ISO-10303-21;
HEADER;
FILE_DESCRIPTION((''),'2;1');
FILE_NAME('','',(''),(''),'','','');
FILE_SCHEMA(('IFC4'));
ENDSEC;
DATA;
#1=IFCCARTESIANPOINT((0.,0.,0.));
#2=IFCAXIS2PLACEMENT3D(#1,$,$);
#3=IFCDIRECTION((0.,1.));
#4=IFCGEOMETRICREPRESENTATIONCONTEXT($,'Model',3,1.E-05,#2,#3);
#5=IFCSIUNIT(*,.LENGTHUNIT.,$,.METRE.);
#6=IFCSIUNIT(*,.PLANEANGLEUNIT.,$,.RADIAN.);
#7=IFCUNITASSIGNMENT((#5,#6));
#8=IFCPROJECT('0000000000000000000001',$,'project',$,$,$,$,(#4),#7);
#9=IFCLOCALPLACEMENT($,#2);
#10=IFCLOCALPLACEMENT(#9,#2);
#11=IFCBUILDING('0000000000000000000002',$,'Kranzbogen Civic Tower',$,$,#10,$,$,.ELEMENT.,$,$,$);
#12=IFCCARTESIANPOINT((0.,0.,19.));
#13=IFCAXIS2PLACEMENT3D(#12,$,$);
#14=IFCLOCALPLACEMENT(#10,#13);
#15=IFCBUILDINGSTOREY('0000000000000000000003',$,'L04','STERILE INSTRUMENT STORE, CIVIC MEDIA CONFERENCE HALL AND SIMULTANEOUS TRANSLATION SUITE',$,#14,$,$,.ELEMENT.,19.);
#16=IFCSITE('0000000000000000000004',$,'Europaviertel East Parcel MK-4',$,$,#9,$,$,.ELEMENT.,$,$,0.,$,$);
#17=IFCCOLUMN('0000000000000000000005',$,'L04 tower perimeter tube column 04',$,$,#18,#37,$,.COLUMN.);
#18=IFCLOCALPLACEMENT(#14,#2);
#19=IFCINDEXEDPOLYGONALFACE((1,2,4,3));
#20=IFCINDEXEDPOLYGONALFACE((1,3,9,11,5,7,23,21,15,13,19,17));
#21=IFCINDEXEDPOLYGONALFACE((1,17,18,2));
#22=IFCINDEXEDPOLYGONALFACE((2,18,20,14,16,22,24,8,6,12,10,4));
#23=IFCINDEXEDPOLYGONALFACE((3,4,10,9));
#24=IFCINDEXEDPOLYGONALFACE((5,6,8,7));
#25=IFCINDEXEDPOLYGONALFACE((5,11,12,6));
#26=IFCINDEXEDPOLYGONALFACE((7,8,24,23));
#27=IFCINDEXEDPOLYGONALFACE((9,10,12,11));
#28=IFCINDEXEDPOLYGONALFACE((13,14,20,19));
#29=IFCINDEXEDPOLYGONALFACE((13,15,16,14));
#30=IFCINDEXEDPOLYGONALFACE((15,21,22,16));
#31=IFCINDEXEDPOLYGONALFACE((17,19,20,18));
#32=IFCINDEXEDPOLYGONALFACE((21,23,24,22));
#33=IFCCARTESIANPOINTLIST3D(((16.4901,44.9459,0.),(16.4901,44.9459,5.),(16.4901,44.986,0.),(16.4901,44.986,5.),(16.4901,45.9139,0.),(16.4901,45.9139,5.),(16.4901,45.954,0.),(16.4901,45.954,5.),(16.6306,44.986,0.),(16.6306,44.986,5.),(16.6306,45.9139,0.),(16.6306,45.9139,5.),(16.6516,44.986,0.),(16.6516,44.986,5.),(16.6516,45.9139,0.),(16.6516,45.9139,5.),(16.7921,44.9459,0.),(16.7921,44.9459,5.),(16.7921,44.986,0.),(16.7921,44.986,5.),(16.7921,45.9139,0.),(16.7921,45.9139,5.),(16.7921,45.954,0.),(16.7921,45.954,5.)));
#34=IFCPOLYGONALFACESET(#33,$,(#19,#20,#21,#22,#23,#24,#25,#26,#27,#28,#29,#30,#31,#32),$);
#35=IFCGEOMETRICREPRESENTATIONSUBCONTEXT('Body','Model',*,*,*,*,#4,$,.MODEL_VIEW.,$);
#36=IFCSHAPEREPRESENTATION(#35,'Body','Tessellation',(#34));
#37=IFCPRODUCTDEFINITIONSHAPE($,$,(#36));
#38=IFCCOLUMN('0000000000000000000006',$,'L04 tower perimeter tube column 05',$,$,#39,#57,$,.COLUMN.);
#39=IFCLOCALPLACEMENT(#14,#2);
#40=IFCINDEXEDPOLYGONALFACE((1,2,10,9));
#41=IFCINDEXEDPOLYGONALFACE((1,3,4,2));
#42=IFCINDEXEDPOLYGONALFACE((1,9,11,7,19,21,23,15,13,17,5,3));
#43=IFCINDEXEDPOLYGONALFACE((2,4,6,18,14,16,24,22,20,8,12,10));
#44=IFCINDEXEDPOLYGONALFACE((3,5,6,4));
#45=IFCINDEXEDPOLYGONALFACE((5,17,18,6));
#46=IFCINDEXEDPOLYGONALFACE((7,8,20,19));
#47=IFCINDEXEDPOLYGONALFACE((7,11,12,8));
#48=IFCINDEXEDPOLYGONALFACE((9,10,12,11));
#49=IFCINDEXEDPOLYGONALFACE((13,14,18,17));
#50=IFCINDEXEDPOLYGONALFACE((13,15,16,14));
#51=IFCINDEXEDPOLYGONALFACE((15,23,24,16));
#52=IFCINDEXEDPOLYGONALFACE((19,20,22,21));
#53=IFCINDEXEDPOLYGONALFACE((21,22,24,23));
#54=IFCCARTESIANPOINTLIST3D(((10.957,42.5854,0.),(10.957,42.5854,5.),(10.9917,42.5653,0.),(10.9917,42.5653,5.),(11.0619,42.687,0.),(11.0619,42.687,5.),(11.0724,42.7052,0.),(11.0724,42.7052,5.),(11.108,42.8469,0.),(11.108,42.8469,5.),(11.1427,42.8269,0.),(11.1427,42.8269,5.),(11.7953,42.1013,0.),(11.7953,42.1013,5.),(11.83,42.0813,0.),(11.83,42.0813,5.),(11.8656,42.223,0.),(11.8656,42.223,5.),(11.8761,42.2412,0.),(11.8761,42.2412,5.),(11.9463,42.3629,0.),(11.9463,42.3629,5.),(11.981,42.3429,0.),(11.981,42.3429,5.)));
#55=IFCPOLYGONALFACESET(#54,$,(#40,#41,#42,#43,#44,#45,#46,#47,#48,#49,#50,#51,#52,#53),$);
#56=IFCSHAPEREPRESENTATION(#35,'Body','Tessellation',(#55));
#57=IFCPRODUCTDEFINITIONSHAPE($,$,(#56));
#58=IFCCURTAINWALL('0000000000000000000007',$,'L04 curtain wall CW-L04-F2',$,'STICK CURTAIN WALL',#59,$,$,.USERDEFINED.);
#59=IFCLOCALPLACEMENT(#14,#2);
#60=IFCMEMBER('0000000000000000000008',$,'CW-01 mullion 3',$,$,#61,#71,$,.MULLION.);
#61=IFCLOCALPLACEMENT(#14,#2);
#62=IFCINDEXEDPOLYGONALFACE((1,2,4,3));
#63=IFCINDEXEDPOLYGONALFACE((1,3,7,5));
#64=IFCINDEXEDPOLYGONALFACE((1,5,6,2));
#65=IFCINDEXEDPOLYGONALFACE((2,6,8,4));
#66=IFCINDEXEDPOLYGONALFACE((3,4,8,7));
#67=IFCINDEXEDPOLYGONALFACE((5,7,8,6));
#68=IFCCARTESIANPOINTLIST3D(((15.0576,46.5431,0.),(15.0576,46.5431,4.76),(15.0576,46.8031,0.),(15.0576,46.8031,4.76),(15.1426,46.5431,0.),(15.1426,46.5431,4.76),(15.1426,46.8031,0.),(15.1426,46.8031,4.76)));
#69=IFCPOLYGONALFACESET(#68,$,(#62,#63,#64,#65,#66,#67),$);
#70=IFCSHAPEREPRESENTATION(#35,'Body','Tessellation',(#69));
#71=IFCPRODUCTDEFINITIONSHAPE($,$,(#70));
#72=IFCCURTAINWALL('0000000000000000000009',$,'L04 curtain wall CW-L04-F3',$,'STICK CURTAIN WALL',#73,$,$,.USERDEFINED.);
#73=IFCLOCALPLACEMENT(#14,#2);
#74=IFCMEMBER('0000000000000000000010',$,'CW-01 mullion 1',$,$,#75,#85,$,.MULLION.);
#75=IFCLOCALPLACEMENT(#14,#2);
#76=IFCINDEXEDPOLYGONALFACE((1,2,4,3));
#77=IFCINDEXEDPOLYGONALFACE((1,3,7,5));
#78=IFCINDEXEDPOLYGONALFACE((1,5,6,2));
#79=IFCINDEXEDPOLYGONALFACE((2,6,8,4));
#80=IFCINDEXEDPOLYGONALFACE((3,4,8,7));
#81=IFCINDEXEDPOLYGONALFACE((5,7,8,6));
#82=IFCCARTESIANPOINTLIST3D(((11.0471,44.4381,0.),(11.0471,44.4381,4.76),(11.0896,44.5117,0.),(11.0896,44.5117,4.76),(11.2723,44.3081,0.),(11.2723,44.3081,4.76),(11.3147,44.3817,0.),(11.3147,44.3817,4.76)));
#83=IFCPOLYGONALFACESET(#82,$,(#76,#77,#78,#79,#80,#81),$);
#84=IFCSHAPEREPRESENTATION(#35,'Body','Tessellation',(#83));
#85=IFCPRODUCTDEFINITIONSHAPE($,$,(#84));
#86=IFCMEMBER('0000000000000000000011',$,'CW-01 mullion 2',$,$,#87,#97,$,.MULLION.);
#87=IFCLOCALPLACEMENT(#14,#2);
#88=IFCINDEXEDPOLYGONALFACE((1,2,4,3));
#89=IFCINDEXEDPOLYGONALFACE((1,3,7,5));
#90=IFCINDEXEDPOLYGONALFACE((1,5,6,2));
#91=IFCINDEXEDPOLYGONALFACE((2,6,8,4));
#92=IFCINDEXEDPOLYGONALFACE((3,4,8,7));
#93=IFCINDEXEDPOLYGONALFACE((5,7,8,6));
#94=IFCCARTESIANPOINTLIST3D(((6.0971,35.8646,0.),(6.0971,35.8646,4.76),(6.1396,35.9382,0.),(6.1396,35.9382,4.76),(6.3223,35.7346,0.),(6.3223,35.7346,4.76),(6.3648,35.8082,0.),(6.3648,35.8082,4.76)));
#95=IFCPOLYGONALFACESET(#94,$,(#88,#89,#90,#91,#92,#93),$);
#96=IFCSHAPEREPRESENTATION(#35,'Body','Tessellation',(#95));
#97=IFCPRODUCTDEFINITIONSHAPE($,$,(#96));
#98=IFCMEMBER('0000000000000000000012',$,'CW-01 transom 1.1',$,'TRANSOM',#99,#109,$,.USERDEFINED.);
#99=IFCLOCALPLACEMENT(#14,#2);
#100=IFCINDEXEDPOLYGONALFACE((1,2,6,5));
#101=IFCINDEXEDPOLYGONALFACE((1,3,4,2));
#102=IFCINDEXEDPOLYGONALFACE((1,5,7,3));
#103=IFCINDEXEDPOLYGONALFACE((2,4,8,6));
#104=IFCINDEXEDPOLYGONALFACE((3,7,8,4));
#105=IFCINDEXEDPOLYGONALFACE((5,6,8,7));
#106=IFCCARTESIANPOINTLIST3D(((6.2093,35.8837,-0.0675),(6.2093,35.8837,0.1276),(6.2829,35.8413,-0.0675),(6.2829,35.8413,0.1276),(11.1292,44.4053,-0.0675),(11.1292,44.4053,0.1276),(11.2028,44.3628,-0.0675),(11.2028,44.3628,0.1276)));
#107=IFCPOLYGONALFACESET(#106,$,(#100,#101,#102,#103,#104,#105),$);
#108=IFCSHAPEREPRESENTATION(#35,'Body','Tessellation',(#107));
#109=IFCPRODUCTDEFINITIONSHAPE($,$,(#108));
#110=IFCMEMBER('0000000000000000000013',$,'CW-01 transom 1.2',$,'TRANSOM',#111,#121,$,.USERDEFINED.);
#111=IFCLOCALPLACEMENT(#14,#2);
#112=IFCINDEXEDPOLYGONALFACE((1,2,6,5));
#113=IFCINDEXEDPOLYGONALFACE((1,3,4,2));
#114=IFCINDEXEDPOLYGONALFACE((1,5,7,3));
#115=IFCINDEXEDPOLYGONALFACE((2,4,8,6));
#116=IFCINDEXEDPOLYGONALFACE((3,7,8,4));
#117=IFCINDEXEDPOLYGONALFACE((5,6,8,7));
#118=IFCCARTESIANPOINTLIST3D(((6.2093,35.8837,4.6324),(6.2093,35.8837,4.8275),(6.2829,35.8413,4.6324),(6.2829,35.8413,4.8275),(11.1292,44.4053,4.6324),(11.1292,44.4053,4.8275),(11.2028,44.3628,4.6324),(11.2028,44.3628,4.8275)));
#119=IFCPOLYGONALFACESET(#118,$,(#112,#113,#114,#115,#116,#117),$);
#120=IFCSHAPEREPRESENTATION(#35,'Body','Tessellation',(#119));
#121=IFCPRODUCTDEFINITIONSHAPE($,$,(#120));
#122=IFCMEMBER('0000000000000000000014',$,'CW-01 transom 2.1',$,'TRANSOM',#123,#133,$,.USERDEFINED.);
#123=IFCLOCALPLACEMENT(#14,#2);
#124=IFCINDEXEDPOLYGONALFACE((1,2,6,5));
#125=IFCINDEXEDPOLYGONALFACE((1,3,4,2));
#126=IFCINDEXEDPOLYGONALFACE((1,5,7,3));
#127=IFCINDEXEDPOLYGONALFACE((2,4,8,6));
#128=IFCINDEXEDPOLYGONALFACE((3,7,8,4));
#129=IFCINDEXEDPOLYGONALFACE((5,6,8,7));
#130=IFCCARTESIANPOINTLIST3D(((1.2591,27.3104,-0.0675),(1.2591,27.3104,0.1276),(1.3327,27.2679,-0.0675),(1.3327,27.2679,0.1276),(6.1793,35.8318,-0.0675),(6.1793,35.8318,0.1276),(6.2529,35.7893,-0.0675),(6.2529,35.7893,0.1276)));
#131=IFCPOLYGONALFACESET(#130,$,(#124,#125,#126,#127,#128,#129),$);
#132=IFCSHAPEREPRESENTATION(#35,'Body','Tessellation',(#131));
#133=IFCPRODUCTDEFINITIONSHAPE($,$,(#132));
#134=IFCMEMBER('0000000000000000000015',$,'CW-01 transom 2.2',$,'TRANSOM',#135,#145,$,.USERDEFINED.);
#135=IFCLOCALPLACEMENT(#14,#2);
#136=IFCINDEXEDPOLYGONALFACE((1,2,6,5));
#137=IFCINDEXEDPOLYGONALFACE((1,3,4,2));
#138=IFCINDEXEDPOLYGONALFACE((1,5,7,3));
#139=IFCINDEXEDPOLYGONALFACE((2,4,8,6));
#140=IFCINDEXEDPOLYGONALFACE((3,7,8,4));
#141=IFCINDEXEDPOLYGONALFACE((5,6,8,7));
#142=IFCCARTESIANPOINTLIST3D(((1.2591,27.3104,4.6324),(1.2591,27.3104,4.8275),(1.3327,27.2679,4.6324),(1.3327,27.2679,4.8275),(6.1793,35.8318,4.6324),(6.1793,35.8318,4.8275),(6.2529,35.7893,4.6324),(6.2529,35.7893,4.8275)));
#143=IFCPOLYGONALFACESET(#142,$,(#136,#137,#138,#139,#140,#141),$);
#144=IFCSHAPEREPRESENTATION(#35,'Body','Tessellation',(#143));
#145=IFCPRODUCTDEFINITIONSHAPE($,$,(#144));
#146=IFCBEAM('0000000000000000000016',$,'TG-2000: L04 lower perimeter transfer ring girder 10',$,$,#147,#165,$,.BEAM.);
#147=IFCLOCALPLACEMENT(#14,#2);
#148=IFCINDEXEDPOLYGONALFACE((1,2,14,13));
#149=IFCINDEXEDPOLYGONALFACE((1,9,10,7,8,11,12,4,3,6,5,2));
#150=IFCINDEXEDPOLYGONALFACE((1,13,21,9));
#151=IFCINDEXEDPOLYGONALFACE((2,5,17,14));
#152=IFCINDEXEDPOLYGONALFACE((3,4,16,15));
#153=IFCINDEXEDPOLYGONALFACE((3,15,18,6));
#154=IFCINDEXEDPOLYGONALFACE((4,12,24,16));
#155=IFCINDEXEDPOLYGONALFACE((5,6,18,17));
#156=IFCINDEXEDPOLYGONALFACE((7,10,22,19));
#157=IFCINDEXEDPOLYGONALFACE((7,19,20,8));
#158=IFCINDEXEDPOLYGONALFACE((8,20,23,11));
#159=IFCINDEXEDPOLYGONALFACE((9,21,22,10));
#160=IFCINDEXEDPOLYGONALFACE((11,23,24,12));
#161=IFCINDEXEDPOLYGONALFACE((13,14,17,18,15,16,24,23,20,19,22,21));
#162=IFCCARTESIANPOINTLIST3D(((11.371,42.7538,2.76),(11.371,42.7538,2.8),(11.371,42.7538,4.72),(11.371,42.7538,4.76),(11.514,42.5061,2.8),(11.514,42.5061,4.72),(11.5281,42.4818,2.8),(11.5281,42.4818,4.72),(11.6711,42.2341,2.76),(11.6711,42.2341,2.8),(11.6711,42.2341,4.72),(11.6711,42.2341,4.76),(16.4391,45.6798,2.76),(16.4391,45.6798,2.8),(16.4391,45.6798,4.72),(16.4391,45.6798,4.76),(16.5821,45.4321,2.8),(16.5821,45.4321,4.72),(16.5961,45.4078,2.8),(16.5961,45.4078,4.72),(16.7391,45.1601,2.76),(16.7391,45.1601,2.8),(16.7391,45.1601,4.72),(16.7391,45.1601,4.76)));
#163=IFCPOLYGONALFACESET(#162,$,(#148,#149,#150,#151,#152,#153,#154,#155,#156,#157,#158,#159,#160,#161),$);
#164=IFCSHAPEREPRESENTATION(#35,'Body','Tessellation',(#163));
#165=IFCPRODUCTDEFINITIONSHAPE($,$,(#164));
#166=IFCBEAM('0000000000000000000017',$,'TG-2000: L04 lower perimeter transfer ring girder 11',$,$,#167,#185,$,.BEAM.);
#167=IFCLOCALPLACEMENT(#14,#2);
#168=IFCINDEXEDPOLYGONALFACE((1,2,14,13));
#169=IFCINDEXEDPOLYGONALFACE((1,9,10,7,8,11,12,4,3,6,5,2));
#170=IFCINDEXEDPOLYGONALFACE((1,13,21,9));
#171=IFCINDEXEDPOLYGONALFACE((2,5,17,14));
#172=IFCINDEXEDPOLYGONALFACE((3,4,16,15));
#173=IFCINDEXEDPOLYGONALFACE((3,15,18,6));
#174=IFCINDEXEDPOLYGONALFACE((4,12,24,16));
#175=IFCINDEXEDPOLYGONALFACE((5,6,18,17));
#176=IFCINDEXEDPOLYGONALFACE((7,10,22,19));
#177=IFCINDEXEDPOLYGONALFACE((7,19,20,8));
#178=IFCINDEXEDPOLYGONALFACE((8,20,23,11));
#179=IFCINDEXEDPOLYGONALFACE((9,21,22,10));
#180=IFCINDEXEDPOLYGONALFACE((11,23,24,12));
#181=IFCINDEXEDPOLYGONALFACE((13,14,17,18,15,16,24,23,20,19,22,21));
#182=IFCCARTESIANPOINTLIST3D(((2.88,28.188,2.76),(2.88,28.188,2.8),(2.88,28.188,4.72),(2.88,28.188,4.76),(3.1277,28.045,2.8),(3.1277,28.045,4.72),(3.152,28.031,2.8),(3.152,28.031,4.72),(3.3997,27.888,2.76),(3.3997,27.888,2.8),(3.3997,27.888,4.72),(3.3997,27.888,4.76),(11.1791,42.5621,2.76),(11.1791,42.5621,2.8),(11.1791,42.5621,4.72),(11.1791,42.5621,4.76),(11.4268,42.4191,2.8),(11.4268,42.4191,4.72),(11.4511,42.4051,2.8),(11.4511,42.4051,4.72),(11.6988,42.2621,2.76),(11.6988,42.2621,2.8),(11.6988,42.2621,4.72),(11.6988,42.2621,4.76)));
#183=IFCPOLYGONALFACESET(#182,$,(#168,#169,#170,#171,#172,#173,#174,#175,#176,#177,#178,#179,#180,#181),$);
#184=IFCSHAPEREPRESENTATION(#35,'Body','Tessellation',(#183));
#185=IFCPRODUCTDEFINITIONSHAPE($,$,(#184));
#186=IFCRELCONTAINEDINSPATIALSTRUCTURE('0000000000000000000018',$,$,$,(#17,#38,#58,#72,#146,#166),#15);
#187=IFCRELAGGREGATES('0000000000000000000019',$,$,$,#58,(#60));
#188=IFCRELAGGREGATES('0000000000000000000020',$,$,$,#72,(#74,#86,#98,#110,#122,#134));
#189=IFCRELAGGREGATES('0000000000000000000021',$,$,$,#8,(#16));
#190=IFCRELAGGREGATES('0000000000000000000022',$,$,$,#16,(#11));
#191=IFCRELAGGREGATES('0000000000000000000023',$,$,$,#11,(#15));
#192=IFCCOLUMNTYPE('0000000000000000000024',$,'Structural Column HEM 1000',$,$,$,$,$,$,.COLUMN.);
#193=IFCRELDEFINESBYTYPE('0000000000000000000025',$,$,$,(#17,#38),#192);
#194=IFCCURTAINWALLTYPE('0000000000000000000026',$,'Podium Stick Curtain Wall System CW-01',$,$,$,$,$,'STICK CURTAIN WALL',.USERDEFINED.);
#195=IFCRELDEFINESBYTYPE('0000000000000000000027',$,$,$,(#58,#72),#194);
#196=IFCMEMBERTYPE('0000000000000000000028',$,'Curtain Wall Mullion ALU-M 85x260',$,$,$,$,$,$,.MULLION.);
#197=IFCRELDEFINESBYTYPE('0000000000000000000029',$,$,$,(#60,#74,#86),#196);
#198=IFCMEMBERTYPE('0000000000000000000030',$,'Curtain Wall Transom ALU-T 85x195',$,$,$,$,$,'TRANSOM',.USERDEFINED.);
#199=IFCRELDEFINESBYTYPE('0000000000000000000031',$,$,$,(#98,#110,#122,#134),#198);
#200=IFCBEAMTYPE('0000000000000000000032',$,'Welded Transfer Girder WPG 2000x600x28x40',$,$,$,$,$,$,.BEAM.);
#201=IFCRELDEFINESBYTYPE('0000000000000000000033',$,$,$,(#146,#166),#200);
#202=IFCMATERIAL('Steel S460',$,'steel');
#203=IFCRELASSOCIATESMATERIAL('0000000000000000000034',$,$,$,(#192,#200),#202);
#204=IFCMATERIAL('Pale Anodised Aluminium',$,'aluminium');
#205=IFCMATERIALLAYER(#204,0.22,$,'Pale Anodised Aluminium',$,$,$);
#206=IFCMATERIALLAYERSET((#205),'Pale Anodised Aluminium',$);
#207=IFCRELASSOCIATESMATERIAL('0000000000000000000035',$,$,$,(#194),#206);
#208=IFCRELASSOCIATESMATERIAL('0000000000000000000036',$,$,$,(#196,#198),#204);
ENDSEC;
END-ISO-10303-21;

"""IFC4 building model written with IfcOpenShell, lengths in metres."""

from ifc_helpers import new_model, si_unit, direction, frame, origin, origin_2d, place, context, subcontext, project, spatial, rectangle, i_section, extrude, material, layer, layer_set, material_profile, profile_set, type_object, element, aggregate, save


model = new_model("IFC4")

# Units and contexts
model_context = context("Model", 3, precision=1e-05, world=origin(), true_north=direction((0.0, 1.0)))
body_context = subcontext(model_context, "Body", "Model", "MODEL_VIEW")
ifc_project = project(units=[si_unit("LENGTHUNIT", "METRE"), si_unit("PLANEANGLEUNIT", "RADIAN")], contexts=[model_context])

# Site, building, storey
site_placement = place(None, origin())
site = spatial("IfcSite", under=ifc_project, at=site_placement, Name="Europaviertel East Parcel MK-4", CompositionType="ELEMENT", RefElevation=0.0)
building_placement = place(site_placement, origin())
building = spatial("IfcBuilding", under=site, at=building_placement, Name="Kranzbogen Civic Tower", CompositionType="ELEMENT")
storey_placement = place(building_placement, frame((0.0, 0.0, 19.0)))
storey = spatial("IfcBuildingStorey", under=building, at=storey_placement, Name="L04", Description="STERILE INSTRUMENT STORE, CIVIC MEDIA CONFERENCE HALL AND SIMULTANEOUS TRANSLATION SUITE", CompositionType="ELEMENT", Elevation=19.0)

# Columns
ifc_material_1 = material(Name="Steel S460", Category="steel")
ifc_material_profile_1 = material_profile(ifc_material_1, i_section(OverallWidth=0.302, OverallDepth=1.0081, WebThickness=0.021, FlangeThickness=0.04, at=origin_2d()), Name="HEM 1000")
ifc_profile_set_1 = profile_set([ifc_material_profile_1], Name="Steel S460")
column_type = type_object("IfcColumnType", Name="Structural Column HEM 1000", PredefinedType="COLUMN", material=ifc_profile_set_1)
for number, where, z_axis, x_axis, name in (
    (1, (16.6411, 45.45, 0.0), (0.0, 0.0, 1.0), (1.0, 0.0, 0.0), "L04 tower perimeter tube column 04"),
    (2, (11.469, 42.4641, 0.0), (0.0, 0.0, 1.0), (0.5, 0.866025, 0.0), "L04 tower perimeter tube column 05"),
):
    element("IfcColumn", number, at=place(storey_placement, frame(where, z_axis=z_axis, x_axis=x_axis)), inside=storey, type_object=column_type, Name=name, PredefinedType="COLUMN", context=body_context, shape_type="SweptSolid", body=[
        extrude(i_section(OverallWidth=0.302, OverallDepth=1.0081, WebThickness=0.021, FlangeThickness=0.04, at=origin_2d()), origin(), (0.0, 0.0, 1.0), 5.0),
    ])

# Curtain wall, member
ifc_material_2 = material(Name="Pale Anodised Aluminium", Category="aluminium")
ifc_layer_1 = layer(ifc_material_2, 0.22, Name="Pale Anodised Aluminium")
ifc_layer_set_1 = layer_set([ifc_layer_1], Name="Pale Anodised Aluminium")
curtain_wall_type = type_object("IfcCurtainWallType", Name="Podium Stick Curtain Wall System CW-01", ElementType="STICK CURTAIN WALL", PredefinedType="USERDEFINED", material=ifc_layer_set_1)
curtain_wall_1_placement = place(storey_placement, origin())
curtain_wall_1 = element("IfcCurtainWall", 3, at=curtain_wall_1_placement, inside=storey, type_object=curtain_wall_type, Name="L04 curtain wall CW-L04-F2", ObjectType="STICK CURTAIN WALL", PredefinedType="USERDEFINED")
ifc_material_profile_2 = material_profile(ifc_material_2, rectangle(XDim=0.085, YDim=0.26, at=origin_2d()), Name="ALU-M 85x260")
ifc_profile_set_2 = profile_set([ifc_material_profile_2], Name="Pale Anodised Aluminium")
member_type_1 = type_object("IfcMemberType", Name="Curtain Wall Mullion ALU-M 85x260", PredefinedType="MULLION", material=ifc_profile_set_2)
member_1_placement = place(storey_placement, frame((15.1001, 46.6731, 0.0), z_axis=(0.0, 0.0, 1.0), x_axis=(-1.0, 0.0, 0.0)))
member_1 = element("IfcMember", 4, at=member_1_placement, type_object=member_type_1, Name="CW-01 mullion 3", PredefinedType="MULLION", context=body_context, shape_type="SweptSolid", body=[
    extrude(rectangle(XDim=0.085, YDim=0.26, at=origin_2d()), origin(), (0.0, 0.0, 1.0), 4.76),
])

# Curtain wall, members
curtain_wall_2_placement = place(storey_placement, origin())
curtain_wall_2 = element("IfcCurtainWall", 5, at=curtain_wall_2_placement, inside=storey, type_object=curtain_wall_type, Name="L04 curtain wall CW-L04-F3", ObjectType="STICK CURTAIN WALL", PredefinedType="USERDEFINED")
member_2_placement = place(storey_placement, frame((11.1809, 44.4099, 0.0), z_axis=(0.0, 0.0, 1.0), x_axis=(-0.500006, -0.866022, 0.0)))
member_2 = element("IfcMember", 6, at=member_2_placement, type_object=member_type_1, Name="CW-01 mullion 1", PredefinedType="MULLION", context=body_context, shape_type="SweptSolid", body=[
    extrude(rectangle(XDim=0.085, YDim=0.26, at=origin_2d()), origin(), (0.0, 0.0, 1.0), 4.76),
])
member_3_placement = place(storey_placement, frame((6.231, 35.8364, 0.0), z_axis=(0.0, 0.0, 1.0), x_axis=(-0.500006, -0.866022, 0.0)))
member_3 = element("IfcMember", 7, at=member_3_placement, type_object=member_type_1, Name="CW-01 mullion 2", PredefinedType="MULLION", context=body_context, shape_type="SweptSolid", body=[
    extrude(rectangle(XDim=0.085, YDim=0.26, at=origin_2d()), origin(), (0.0, 0.0, 1.0), 4.76),
])
ifc_material_profile_3 = material_profile(ifc_material_2, rectangle(XDim=0.085, YDim=0.1951, at=origin_2d()), Name="ALU-T 85x195")
ifc_profile_set_3 = profile_set([ifc_material_profile_3], Name="Pale Anodised Aluminium")
member_type_2 = type_object("IfcMemberType", Name="Curtain Wall Transom ALU-T 85x195", ElementType="TRANSOM", PredefinedType="USERDEFINED", material=ifc_profile_set_3)
member_4_placement = place(storey_placement, frame((11.166, 44.384, 0.03), z_axis=(-0.500003, -0.866024, 0.0), x_axis=(0.866024, -0.500003, 0.0)))
member_4 = element("IfcMember", 8, at=member_4_placement, type_object=member_type_2, Name="CW-01 transom 1.1", ObjectType="TRANSOM", PredefinedType="USERDEFINED", context=body_context, shape_type="SweptSolid", body=[
    extrude(rectangle(XDim=0.085, YDim=0.1951, at=origin_2d()), origin(), (0.0, 0.0, 1.0), 9.8398),
])
member_5_placement = place(storey_placement, frame((11.166, 44.384, 4.73), z_axis=(-0.500003, -0.866024, 0.0), x_axis=(0.866024, -0.500003, 0.0)))
member_5 = element("IfcMember", 9, at=member_5_placement, type_object=member_type_2, Name="CW-01 transom 1.2", ObjectType="TRANSOM", PredefinedType="USERDEFINED", context=body_context, shape_type="SweptSolid", body=[
    extrude(rectangle(XDim=0.085, YDim=0.1951, at=origin_2d()), origin(), (0.0, 0.0, 1.0), 9.8398),
])
member_6_placement = place(storey_placement, frame((6.2161, 35.8105, 0.03), z_axis=(-0.500022, -0.866013, 0.0), x_axis=(0.866013, -0.500022, 0.0)))
member_6 = element("IfcMember", 10, at=member_6_placement, type_object=member_type_2, Name="CW-01 transom 2.1", ObjectType="TRANSOM", PredefinedType="USERDEFINED", context=body_context, shape_type="SweptSolid", body=[
    extrude(rectangle(XDim=0.085, YDim=0.1951, at=origin_2d()), origin(), (0.0, 0.0, 1.0), 9.8398),
])
member_7_placement = place(storey_placement, frame((6.2161, 35.8105, 4.73), z_axis=(-0.500022, -0.866013, 0.0), x_axis=(0.866013, -0.500022, 0.0)))
member_7 = element("IfcMember", 11, at=member_7_placement, type_object=member_type_2, Name="CW-01 transom 2.2", ObjectType="TRANSOM", PredefinedType="USERDEFINED", context=body_context, shape_type="SweptSolid", body=[
    extrude(rectangle(XDim=0.085, YDim=0.1951, at=origin_2d()), origin(), (0.0, 0.0, 1.0), 9.8398),
])

# Beams
ifc_material_profile_4 = material_profile(ifc_material_1, i_section(OverallWidth=0.6001, OverallDepth=2.0, WebThickness=0.0281, FlangeThickness=0.04, at=origin_2d()), Name="WPG 2000x600x28x40")
ifc_profile_set_4 = profile_set([ifc_material_profile_4], Name="Steel S460")
beam_type = type_object("IfcBeamType", Name="Welded Transfer Girder WPG 2000x600x28x40", PredefinedType="BEAM", material=ifc_profile_set_4)
beam_1_placement = place(storey_placement, frame((16.5891, 45.4199, 3.76), z_axis=(-0.866029, -0.499993, 0.0), x_axis=(0.499993, -0.866029, 0.0)))
element("IfcBeam", 12, at=beam_1_placement, inside=storey, type_object=beam_type, Name="TG-2000: L04 lower perimeter transfer ring girder 10", PredefinedType="BEAM", context=body_context, shape_type="SweptSolid", body=[
    extrude(i_section(OverallWidth=0.6001, OverallDepth=2.0, WebThickness=0.0281, FlangeThickness=0.04, at=origin_2d()), origin(), (0.0, 0.0, 1.0), 5.8521),
])
beam_2_placement = place(storey_placement, frame((11.439, 42.4121, 3.76), z_axis=(-0.50001, -0.86602, 0.0), x_axis=(0.86602, -0.50001, 0.0)))
element("IfcBeam", 13, at=beam_2_placement, inside=storey, type_object=beam_type, Name="TG-2000: L04 lower perimeter transfer ring girder 11", PredefinedType="BEAM", context=body_context, shape_type="SweptSolid", body=[
    extrude(i_section(OverallWidth=0.6001, OverallDepth=2.0, WebThickness=0.0281, FlangeThickness=0.04, at=origin_2d()), origin(), (0.0, 0.0, 1.0), 16.5979),
])

aggregate(curtain_wall_1, [member_1])
aggregate(curtain_wall_2, [member_2, member_3, member_4, member_5, member_6, member_7])

save(model, "model.ifc")
